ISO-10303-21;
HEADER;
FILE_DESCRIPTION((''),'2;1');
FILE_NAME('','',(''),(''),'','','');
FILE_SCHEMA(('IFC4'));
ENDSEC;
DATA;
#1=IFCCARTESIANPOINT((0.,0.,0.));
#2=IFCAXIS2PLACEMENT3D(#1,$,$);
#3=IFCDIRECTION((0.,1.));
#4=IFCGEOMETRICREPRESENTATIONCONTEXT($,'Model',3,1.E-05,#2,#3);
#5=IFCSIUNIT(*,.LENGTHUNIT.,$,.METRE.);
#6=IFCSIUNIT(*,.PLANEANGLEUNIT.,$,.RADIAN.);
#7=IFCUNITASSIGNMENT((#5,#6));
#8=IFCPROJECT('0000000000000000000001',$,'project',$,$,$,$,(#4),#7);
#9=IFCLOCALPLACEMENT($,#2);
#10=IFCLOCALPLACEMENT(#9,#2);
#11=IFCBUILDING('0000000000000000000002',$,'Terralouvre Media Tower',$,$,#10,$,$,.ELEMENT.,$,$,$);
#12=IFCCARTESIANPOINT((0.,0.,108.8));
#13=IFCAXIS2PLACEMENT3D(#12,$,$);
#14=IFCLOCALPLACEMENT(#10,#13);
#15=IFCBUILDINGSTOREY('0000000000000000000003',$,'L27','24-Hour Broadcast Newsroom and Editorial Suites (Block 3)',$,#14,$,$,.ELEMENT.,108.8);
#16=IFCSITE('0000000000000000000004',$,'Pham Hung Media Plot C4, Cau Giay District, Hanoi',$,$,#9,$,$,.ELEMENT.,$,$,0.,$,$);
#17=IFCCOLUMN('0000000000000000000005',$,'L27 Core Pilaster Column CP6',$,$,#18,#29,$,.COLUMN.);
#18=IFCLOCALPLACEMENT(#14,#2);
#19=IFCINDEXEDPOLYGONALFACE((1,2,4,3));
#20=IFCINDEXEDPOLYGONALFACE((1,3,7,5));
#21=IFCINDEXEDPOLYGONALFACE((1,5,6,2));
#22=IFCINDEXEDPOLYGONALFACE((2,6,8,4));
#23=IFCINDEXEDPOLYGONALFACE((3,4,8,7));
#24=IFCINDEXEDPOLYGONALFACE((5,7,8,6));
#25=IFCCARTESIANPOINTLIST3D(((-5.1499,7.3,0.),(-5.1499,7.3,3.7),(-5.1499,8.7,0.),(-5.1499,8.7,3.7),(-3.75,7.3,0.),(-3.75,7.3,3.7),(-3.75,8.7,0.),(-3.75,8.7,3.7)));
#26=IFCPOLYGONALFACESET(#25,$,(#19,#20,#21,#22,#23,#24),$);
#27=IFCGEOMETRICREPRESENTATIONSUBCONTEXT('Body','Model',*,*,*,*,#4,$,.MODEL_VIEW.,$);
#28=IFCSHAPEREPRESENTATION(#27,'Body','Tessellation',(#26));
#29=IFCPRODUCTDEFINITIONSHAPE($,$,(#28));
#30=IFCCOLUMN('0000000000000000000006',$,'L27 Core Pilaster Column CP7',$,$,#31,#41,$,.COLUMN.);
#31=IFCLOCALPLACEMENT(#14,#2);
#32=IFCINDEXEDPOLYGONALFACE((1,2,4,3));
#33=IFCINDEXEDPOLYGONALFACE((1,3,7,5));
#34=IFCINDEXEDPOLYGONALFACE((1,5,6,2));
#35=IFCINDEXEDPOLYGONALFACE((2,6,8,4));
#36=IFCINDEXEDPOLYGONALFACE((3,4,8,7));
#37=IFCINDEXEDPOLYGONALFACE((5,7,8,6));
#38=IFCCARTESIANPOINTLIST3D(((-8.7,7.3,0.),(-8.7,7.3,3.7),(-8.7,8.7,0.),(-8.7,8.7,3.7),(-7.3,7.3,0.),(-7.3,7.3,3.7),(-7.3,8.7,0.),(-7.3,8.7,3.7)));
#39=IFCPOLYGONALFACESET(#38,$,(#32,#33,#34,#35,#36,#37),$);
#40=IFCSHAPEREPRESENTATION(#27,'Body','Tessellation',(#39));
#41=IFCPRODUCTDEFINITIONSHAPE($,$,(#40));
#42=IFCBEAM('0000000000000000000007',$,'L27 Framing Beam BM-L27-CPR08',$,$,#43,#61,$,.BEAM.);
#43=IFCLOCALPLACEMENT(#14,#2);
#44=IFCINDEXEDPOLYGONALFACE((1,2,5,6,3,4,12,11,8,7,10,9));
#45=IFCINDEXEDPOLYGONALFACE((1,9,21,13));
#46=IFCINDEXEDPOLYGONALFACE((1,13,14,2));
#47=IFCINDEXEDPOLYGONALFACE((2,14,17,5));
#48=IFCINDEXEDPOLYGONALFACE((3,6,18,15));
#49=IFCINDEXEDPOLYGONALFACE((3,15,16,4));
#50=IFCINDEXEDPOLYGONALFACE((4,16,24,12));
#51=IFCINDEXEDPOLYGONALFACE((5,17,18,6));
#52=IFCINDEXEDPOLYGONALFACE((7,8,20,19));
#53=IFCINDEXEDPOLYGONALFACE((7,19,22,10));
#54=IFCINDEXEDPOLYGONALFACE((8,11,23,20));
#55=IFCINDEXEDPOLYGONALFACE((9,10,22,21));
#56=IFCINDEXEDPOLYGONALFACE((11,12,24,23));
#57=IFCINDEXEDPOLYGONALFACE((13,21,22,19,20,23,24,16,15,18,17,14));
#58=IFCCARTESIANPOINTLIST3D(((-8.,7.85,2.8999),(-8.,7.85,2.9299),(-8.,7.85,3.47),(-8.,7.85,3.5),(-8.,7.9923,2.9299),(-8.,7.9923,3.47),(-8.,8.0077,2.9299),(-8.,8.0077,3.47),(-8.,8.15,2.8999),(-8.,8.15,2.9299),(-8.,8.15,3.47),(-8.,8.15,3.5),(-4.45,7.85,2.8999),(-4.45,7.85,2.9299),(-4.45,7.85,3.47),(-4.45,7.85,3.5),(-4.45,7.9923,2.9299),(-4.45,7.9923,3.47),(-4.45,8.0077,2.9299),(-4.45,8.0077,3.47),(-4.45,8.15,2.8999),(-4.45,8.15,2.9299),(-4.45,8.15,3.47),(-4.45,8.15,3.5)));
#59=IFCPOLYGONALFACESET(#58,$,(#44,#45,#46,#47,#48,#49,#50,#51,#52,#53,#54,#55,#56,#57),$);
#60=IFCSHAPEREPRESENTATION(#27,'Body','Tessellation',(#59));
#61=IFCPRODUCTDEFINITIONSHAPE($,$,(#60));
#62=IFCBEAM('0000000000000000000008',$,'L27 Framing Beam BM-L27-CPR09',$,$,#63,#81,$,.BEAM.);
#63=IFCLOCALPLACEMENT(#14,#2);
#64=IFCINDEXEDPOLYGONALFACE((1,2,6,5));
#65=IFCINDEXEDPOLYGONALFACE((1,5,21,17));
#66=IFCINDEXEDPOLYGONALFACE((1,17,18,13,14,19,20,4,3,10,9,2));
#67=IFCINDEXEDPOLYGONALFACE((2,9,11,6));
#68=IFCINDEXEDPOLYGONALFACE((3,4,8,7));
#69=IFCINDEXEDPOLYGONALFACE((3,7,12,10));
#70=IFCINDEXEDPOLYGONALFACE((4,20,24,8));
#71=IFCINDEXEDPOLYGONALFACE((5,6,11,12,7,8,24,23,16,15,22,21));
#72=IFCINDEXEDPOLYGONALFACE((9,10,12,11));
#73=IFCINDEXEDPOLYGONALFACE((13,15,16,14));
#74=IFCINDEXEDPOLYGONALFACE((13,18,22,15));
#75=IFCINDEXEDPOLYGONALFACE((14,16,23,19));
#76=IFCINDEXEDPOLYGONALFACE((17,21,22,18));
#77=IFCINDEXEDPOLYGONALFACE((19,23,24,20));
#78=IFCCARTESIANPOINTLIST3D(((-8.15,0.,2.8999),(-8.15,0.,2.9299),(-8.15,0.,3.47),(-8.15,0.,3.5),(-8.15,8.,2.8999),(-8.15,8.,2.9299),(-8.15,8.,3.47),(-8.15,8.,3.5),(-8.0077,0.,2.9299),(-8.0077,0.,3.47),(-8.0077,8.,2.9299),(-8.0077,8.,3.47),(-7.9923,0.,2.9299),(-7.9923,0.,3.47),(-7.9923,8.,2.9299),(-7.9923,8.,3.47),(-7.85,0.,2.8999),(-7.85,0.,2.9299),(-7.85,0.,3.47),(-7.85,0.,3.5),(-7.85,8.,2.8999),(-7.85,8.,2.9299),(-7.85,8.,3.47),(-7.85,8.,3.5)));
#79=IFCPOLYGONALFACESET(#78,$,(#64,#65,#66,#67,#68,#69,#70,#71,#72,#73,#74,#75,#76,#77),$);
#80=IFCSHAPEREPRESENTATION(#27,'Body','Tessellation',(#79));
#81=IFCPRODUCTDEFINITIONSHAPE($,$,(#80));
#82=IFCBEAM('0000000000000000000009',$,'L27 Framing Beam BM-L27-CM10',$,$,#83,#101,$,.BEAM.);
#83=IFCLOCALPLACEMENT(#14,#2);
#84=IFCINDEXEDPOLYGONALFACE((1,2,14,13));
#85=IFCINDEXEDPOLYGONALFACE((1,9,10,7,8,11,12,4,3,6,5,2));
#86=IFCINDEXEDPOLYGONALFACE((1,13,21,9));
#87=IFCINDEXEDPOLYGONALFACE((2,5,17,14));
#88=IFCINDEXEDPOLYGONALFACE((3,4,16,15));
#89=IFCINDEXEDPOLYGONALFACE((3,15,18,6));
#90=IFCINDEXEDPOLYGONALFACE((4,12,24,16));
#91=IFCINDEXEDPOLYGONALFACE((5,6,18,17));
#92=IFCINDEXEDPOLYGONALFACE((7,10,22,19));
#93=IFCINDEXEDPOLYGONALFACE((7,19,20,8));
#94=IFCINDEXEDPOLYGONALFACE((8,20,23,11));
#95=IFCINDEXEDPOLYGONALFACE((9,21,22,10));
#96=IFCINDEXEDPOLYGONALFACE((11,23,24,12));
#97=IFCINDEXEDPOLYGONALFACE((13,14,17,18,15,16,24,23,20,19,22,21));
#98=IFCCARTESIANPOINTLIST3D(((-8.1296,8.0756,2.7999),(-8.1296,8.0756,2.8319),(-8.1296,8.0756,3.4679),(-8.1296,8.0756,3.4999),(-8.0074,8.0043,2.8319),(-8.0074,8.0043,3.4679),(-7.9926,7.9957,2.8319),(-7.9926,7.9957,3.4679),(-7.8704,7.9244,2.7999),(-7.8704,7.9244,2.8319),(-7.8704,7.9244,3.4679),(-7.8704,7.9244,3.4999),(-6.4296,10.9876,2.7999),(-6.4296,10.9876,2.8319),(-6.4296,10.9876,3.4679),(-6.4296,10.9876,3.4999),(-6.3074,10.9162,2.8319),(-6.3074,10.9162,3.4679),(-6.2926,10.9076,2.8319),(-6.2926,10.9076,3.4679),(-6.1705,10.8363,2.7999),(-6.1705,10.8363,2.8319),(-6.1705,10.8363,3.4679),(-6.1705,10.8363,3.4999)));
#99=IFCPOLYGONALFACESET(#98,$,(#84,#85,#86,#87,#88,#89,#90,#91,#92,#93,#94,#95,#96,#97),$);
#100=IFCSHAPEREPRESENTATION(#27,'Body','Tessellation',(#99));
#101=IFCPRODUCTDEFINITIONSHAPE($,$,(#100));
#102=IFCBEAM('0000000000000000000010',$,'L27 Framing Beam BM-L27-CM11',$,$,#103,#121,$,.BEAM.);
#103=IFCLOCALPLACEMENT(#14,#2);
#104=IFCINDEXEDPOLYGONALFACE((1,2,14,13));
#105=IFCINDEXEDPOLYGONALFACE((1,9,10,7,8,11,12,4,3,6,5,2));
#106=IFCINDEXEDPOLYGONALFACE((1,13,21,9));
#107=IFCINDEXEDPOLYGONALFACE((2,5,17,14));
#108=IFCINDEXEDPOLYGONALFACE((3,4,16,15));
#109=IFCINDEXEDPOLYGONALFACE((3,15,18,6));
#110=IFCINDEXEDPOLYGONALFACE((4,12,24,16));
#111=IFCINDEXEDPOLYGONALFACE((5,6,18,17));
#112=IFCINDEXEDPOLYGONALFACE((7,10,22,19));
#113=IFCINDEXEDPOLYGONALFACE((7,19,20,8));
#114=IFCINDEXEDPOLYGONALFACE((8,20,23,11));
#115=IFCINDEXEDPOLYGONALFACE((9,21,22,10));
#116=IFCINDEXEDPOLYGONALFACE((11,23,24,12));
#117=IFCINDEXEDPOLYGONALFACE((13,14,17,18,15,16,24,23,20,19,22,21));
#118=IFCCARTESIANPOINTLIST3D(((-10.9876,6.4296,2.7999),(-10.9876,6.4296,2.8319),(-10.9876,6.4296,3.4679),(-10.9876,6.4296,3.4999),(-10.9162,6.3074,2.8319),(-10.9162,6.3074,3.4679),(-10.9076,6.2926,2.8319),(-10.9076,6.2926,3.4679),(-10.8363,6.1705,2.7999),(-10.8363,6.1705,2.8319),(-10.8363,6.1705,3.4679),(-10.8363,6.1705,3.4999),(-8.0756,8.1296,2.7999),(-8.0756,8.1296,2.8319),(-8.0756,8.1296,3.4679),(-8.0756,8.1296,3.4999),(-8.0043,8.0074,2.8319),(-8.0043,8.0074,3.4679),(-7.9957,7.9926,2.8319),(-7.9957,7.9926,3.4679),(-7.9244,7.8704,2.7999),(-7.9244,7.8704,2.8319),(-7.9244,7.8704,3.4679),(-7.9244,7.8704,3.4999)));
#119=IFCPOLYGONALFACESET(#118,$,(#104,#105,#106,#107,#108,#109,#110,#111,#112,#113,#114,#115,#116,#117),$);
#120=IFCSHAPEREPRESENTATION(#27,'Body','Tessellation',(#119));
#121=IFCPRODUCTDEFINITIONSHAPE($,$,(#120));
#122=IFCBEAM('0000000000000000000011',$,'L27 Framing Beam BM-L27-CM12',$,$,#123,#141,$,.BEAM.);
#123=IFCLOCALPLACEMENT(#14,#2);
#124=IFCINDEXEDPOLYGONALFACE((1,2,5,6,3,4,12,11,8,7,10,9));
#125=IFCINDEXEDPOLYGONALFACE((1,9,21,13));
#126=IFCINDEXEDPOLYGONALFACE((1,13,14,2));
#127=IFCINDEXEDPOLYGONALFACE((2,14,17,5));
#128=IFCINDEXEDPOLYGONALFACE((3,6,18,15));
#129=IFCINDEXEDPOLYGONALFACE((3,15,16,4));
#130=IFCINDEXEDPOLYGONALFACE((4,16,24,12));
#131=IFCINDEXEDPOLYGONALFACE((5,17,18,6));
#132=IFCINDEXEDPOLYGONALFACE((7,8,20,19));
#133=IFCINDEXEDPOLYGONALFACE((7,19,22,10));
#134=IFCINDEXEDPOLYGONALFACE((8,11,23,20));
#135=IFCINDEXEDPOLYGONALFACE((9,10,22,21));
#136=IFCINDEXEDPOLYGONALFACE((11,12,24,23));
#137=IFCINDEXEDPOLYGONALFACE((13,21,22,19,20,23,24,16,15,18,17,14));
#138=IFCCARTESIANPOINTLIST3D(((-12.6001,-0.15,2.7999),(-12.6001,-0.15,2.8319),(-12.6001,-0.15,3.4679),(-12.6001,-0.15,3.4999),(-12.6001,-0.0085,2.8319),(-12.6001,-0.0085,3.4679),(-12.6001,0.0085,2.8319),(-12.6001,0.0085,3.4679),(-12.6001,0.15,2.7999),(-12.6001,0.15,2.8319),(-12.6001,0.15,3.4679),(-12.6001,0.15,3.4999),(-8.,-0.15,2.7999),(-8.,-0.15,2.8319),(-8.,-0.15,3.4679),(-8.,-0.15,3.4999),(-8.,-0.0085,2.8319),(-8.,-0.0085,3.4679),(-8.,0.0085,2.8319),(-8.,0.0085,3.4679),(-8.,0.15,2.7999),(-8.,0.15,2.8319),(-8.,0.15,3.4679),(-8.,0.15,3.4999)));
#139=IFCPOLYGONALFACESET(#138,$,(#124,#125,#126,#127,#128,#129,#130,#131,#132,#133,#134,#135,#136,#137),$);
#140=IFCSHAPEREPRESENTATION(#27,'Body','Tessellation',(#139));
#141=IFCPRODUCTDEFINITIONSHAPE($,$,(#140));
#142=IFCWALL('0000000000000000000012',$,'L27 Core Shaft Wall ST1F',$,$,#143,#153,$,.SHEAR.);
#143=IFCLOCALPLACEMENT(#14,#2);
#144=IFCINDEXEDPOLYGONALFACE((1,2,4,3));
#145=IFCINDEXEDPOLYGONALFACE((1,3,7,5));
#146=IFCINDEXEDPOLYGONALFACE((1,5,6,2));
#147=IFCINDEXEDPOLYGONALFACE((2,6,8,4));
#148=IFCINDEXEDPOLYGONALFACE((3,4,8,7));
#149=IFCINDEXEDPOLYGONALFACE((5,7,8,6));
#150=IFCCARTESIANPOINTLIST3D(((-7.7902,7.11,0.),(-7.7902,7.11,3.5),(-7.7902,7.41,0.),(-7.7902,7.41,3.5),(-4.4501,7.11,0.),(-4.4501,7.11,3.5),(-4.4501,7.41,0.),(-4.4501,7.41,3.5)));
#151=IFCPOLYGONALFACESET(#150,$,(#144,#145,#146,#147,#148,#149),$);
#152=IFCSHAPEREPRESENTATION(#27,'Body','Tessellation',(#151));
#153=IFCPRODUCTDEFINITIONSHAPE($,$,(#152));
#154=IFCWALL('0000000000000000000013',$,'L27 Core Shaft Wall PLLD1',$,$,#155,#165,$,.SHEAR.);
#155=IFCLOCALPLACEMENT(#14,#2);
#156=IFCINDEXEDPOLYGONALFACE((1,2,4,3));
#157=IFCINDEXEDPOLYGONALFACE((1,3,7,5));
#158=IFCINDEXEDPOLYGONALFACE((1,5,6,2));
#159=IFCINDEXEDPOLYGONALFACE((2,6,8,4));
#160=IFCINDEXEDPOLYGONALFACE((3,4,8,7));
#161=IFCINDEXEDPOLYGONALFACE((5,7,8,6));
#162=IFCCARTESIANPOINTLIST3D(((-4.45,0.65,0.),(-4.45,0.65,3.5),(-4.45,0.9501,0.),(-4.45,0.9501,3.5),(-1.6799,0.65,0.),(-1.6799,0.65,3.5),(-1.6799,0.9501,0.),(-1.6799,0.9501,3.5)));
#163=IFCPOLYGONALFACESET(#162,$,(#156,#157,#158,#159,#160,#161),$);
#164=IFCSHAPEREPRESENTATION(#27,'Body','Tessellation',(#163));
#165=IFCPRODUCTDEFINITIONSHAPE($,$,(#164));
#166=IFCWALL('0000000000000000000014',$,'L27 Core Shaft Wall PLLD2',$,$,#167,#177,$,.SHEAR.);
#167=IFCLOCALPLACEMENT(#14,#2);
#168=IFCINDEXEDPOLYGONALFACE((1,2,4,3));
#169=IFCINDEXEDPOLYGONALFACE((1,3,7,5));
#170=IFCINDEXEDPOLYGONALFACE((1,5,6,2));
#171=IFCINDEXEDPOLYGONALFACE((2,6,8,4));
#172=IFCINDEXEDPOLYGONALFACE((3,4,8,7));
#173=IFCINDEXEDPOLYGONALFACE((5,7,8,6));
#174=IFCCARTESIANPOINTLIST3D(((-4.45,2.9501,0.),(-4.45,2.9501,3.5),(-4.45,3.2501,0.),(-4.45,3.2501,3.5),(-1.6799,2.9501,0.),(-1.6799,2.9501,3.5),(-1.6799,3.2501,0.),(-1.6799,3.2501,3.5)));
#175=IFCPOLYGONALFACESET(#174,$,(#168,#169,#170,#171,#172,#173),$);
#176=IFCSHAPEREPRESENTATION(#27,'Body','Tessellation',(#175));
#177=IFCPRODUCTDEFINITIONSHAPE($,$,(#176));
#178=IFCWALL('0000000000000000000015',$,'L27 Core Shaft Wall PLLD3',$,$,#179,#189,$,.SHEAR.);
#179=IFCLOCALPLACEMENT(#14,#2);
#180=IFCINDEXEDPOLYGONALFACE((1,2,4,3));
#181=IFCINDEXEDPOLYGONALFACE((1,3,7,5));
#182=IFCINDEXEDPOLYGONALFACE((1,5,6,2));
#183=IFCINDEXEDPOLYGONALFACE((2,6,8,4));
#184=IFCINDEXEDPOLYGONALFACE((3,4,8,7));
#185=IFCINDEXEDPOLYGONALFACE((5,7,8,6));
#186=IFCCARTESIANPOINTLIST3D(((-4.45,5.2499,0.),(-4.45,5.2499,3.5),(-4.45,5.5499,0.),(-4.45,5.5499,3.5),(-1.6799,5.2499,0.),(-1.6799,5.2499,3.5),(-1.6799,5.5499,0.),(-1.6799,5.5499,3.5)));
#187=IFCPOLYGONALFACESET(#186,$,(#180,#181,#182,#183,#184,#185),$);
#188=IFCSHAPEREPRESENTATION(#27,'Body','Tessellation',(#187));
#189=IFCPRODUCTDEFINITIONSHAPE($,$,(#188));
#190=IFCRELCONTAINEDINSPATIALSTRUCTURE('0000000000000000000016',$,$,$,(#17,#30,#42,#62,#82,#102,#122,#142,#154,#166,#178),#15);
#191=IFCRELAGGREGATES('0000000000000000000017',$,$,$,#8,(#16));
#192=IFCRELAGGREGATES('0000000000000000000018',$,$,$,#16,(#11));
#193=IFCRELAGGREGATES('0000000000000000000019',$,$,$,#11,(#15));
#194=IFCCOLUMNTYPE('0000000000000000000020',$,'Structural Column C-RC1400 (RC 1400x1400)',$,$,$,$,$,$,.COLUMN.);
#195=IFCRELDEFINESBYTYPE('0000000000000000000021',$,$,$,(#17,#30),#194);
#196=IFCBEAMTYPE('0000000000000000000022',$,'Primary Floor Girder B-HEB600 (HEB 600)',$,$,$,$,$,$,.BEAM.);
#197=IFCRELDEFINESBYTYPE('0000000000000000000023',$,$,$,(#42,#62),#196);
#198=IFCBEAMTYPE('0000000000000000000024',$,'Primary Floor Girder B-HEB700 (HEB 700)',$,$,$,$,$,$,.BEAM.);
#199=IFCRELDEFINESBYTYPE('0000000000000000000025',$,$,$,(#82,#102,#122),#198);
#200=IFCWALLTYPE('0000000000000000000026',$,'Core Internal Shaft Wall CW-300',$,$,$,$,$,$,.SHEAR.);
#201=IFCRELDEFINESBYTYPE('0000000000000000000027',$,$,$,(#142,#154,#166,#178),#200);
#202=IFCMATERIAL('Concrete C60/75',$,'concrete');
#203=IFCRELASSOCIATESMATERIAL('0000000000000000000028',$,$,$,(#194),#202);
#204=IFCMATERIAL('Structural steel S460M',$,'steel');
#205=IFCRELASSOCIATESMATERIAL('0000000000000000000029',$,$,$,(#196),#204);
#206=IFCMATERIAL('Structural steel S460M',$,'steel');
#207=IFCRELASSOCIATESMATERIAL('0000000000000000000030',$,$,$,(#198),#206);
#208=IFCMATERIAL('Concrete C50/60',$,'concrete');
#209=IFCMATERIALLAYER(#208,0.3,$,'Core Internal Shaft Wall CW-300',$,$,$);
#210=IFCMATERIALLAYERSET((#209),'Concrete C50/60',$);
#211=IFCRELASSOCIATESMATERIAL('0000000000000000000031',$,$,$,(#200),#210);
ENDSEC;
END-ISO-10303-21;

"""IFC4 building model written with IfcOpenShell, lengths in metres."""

from ifc_helpers import new_model, si_unit, direction, frame, frame_2d, origin, origin_2d, place, context, subcontext, project, spatial, rectangle, i_section, extrude, material, layer, layer_set, material_profile, profile_set, type_object, element, save


model = new_model("IFC4")

# Units and contexts
model_context = context("Model", 3, precision=1e-05, world=origin(), true_north=direction((0.0, 1.0)))
body_context = subcontext(model_context, "Body", "Model", "MODEL_VIEW")
ifc_project = project(units=[si_unit("LENGTHUNIT", "METRE"), si_unit("PLANEANGLEUNIT", "RADIAN")], contexts=[model_context])

# Site, building, storey
site_placement = place(None, origin())
site = spatial("IfcSite", under=ifc_project, at=site_placement, Name="Pham Hung Media Plot C4, Cau Giay District, Hanoi", CompositionType="ELEMENT", RefElevation=0.0)
building_placement = place(site_placement, origin())
building = spatial("IfcBuilding", under=site, at=building_placement, Name="Terralouvre Media Tower", CompositionType="ELEMENT")
storey_placement = place(building_placement, frame((0.0, 0.0, 108.8)))
storey = spatial("IfcBuildingStorey", under=building, at=storey_placement, Name="L27", Description="24-Hour Broadcast Newsroom and Editorial Suites (Block 3)", CompositionType="ELEMENT", Elevation=108.8)

# Columns
ifc_material_1 = material(Name="Concrete C60/75", Category="concrete")
ifc_material_profile_1 = material_profile(ifc_material_1, rectangle(XDim=1.3999, YDim=1.3999, at=origin_2d()), Name="RC 1400x1400")
ifc_profile_set_1 = profile_set([ifc_material_profile_1], Name="Concrete C60/75")
column_type = type_object("IfcColumnType", Name="Structural Column C-RC1400 (RC 1400x1400)", PredefinedType="COLUMN", material=ifc_profile_set_1)
for number, where, z_axis, x_axis, name in (
    (1, (-4.45, 8.0, 0.0), (0.0, 0.0, 1.0), (1.0, 0.0, 0.0), "L27 Core Pilaster Column CP6"),
    (2, (-8.0, 8.0, 0.0), (0.0, 0.0, 1.0), (1.0, 0.0, 0.0), "L27 Core Pilaster Column CP7"),
):
    element("IfcColumn", number, at=place(storey_placement, frame(where, z_axis=z_axis, x_axis=x_axis)), inside=storey, type_object=column_type, Name=name, PredefinedType="COLUMN", context=body_context, shape_type="SweptSolid", body=[
        extrude(rectangle(XDim=1.3999, YDim=1.3999, at=origin_2d()), origin(), (0.0, 0.0, 1.0), 3.7),
    ])

# Beams
ifc_material_2 = material(Name="Structural steel S460M", Category="steel")
ifc_material_profile_2 = material_profile(ifc_material_2, i_section(OverallWidth=0.3, OverallDepth=0.6001, WebThickness=0.0154, FlangeThickness=0.03, at=origin_2d()), Name="HEB 600")
ifc_profile_set_2 = profile_set([ifc_material_profile_2], Name="Structural steel S460M")
beam_type_1 = type_object("IfcBeamType", Name="Primary Floor Girder B-HEB600 (HEB 600)", PredefinedType="BEAM", material=ifc_profile_set_2)
beam_1_placement = place(storey_placement, frame((-4.45, 8.0, 3.2), z_axis=(-1.0, 0.0, 0.0), x_axis=(0.0, -1.0, 0.0)))
element("IfcBeam", 3, at=beam_1_placement, inside=storey, type_object=beam_type_1, Name="L27 Framing Beam BM-L27-CPR08", PredefinedType="BEAM", context=body_context, shape_type="SweptSolid", body=[
    extrude(i_section(OverallWidth=0.3, OverallDepth=0.6001, WebThickness=0.0154, FlangeThickness=0.03, at=origin_2d()), origin(), (0.0, 0.0, 1.0), 3.55),
])
beam_2_placement = place(storey_placement, frame((-8.0, 8.0, 3.2), z_axis=(0.0, -1.0, 0.0), x_axis=(1.0, 0.0, 0.0)))
element("IfcBeam", 4, at=beam_2_placement, inside=storey, type_object=beam_type_1, Name="L27 Framing Beam BM-L27-CPR09", PredefinedType="BEAM", context=body_context, shape_type="SweptSolid", body=[
    extrude(i_section(OverallWidth=0.3, OverallDepth=0.6001, WebThickness=0.0154, FlangeThickness=0.03, at=origin_2d()), origin(), (0.0, 0.0, 1.0), 8.0),
])
ifc_material_3 = material(Name="Structural steel S460M", Category="steel")
ifc_material_profile_3 = material_profile(ifc_material_3, i_section(OverallWidth=0.3, OverallDepth=0.7, WebThickness=0.0171, FlangeThickness=0.032, at=origin_2d()), Name="HEB 700")
ifc_profile_set_3 = profile_set([ifc_material_profile_3], Name="Structural steel S460M")
beam_type_2 = type_object("IfcBeamType", Name="Primary Floor Girder B-HEB700 (HEB 700)", PredefinedType="BEAM", material=ifc_profile_set_3)
for number, where, z_axis, x_axis, name in (
    (5, (-8.0, 8.0, 3.1499), (0.504173, 0.863603, 0.0), (-0.863603, 0.504173, 0.0), "L27 Framing Beam BM-L27-CM10"),
    (6, (-8.0, 8.0, 3.1499), (-0.863603, -0.504173, 0.0), (0.504173, -0.863603, 0.0), "L27 Framing Beam BM-L27-CM11"),
):
    element("IfcBeam", number, at=place(storey_placement, frame(where, z_axis=z_axis, x_axis=x_axis)), inside=storey, type_object=beam_type_2, Name=name, PredefinedType="BEAM", context=body_context, shape_type="SweptSolid", body=[
        extrude(i_section(OverallWidth=0.3, OverallDepth=0.7, WebThickness=0.0171, FlangeThickness=0.032, at=origin_2d()), origin(), (0.0, 0.0, 1.0), 3.3718),
    ])
beam_3_placement = place(storey_placement, frame((-8.0, 0.0, 3.1499), z_axis=(-1.0, 0.0, 0.0), x_axis=(0.0, -1.0, 0.0)))
element("IfcBeam", 7, at=beam_3_placement, inside=storey, type_object=beam_type_2, Name="L27 Framing Beam BM-L27-CM12", PredefinedType="BEAM", context=body_context, shape_type="SweptSolid", body=[
    extrude(i_section(OverallWidth=0.3, OverallDepth=0.7, WebThickness=0.0171, FlangeThickness=0.032, at=origin_2d()), origin(), (0.0, 0.0, 1.0), 4.6001),
])

# Shared definitions
ifc_material_4 = material(Name="Concrete C50/60", Category="concrete")
ifc_layer_1 = layer(ifc_material_4, 0.3, Name="Core Internal Shaft Wall CW-300")
ifc_layer_set_1 = layer_set([ifc_layer_1], Name="Concrete C50/60")
wall_type_1 = type_object("IfcWallType", Name="Core Internal Shaft Wall CW-300", PredefinedType="SHEAR", material=ifc_layer_set_1)

# Walls
wall_1_placement = place(storey_placement, frame((-7.79, 7.26, 0.0), z_axis=(0.0, 0.0, 1.0), x_axis=(1.0, 0.0, 0.0)))
element("IfcWall", 8, at=wall_1_placement, inside=storey, type_object=wall_type_1, Name="L27 Core Shaft Wall ST1F", PredefinedType="SHEAR", context=body_context, shape_type="SweptSolid", body=[
    extrude(rectangle(XDim=3.3401, YDim=0.3, at=frame_2d((1.6699, 0.0))), origin(), (0.0, 0.0, 1.0), 3.5),
])
for number, where, z_axis, x_axis, name in (
    (9, (-4.45, 0.8, 0.0), (0.0, 0.0, 1.0), (1.0, 0.0, 0.0), "L27 Core Shaft Wall PLLD1"),
    (10, (-4.45, 3.1001, 0.0), (0.0, 0.0, 1.0), (1.0, 0.0, 0.0), "L27 Core Shaft Wall PLLD2"),
    (11, (-4.45, 5.3999, 0.0), (0.0, 0.0, 1.0), (1.0, 0.0, 0.0), "L27 Core Shaft Wall PLLD3"),
):
    element("IfcWall", number, at=place(storey_placement, frame(where, z_axis=z_axis, x_axis=x_axis)), inside=storey, type_object=wall_type_1, Name=name, PredefinedType="SHEAR", context=body_context, shape_type="SweptSolid", body=[
        extrude(rectangle(XDim=2.77, YDim=0.3, at=frame_2d((1.385, 0.0))), origin(), (0.0, 0.0, 1.0), 3.5),
    ])

save(model, "model.ifc")
